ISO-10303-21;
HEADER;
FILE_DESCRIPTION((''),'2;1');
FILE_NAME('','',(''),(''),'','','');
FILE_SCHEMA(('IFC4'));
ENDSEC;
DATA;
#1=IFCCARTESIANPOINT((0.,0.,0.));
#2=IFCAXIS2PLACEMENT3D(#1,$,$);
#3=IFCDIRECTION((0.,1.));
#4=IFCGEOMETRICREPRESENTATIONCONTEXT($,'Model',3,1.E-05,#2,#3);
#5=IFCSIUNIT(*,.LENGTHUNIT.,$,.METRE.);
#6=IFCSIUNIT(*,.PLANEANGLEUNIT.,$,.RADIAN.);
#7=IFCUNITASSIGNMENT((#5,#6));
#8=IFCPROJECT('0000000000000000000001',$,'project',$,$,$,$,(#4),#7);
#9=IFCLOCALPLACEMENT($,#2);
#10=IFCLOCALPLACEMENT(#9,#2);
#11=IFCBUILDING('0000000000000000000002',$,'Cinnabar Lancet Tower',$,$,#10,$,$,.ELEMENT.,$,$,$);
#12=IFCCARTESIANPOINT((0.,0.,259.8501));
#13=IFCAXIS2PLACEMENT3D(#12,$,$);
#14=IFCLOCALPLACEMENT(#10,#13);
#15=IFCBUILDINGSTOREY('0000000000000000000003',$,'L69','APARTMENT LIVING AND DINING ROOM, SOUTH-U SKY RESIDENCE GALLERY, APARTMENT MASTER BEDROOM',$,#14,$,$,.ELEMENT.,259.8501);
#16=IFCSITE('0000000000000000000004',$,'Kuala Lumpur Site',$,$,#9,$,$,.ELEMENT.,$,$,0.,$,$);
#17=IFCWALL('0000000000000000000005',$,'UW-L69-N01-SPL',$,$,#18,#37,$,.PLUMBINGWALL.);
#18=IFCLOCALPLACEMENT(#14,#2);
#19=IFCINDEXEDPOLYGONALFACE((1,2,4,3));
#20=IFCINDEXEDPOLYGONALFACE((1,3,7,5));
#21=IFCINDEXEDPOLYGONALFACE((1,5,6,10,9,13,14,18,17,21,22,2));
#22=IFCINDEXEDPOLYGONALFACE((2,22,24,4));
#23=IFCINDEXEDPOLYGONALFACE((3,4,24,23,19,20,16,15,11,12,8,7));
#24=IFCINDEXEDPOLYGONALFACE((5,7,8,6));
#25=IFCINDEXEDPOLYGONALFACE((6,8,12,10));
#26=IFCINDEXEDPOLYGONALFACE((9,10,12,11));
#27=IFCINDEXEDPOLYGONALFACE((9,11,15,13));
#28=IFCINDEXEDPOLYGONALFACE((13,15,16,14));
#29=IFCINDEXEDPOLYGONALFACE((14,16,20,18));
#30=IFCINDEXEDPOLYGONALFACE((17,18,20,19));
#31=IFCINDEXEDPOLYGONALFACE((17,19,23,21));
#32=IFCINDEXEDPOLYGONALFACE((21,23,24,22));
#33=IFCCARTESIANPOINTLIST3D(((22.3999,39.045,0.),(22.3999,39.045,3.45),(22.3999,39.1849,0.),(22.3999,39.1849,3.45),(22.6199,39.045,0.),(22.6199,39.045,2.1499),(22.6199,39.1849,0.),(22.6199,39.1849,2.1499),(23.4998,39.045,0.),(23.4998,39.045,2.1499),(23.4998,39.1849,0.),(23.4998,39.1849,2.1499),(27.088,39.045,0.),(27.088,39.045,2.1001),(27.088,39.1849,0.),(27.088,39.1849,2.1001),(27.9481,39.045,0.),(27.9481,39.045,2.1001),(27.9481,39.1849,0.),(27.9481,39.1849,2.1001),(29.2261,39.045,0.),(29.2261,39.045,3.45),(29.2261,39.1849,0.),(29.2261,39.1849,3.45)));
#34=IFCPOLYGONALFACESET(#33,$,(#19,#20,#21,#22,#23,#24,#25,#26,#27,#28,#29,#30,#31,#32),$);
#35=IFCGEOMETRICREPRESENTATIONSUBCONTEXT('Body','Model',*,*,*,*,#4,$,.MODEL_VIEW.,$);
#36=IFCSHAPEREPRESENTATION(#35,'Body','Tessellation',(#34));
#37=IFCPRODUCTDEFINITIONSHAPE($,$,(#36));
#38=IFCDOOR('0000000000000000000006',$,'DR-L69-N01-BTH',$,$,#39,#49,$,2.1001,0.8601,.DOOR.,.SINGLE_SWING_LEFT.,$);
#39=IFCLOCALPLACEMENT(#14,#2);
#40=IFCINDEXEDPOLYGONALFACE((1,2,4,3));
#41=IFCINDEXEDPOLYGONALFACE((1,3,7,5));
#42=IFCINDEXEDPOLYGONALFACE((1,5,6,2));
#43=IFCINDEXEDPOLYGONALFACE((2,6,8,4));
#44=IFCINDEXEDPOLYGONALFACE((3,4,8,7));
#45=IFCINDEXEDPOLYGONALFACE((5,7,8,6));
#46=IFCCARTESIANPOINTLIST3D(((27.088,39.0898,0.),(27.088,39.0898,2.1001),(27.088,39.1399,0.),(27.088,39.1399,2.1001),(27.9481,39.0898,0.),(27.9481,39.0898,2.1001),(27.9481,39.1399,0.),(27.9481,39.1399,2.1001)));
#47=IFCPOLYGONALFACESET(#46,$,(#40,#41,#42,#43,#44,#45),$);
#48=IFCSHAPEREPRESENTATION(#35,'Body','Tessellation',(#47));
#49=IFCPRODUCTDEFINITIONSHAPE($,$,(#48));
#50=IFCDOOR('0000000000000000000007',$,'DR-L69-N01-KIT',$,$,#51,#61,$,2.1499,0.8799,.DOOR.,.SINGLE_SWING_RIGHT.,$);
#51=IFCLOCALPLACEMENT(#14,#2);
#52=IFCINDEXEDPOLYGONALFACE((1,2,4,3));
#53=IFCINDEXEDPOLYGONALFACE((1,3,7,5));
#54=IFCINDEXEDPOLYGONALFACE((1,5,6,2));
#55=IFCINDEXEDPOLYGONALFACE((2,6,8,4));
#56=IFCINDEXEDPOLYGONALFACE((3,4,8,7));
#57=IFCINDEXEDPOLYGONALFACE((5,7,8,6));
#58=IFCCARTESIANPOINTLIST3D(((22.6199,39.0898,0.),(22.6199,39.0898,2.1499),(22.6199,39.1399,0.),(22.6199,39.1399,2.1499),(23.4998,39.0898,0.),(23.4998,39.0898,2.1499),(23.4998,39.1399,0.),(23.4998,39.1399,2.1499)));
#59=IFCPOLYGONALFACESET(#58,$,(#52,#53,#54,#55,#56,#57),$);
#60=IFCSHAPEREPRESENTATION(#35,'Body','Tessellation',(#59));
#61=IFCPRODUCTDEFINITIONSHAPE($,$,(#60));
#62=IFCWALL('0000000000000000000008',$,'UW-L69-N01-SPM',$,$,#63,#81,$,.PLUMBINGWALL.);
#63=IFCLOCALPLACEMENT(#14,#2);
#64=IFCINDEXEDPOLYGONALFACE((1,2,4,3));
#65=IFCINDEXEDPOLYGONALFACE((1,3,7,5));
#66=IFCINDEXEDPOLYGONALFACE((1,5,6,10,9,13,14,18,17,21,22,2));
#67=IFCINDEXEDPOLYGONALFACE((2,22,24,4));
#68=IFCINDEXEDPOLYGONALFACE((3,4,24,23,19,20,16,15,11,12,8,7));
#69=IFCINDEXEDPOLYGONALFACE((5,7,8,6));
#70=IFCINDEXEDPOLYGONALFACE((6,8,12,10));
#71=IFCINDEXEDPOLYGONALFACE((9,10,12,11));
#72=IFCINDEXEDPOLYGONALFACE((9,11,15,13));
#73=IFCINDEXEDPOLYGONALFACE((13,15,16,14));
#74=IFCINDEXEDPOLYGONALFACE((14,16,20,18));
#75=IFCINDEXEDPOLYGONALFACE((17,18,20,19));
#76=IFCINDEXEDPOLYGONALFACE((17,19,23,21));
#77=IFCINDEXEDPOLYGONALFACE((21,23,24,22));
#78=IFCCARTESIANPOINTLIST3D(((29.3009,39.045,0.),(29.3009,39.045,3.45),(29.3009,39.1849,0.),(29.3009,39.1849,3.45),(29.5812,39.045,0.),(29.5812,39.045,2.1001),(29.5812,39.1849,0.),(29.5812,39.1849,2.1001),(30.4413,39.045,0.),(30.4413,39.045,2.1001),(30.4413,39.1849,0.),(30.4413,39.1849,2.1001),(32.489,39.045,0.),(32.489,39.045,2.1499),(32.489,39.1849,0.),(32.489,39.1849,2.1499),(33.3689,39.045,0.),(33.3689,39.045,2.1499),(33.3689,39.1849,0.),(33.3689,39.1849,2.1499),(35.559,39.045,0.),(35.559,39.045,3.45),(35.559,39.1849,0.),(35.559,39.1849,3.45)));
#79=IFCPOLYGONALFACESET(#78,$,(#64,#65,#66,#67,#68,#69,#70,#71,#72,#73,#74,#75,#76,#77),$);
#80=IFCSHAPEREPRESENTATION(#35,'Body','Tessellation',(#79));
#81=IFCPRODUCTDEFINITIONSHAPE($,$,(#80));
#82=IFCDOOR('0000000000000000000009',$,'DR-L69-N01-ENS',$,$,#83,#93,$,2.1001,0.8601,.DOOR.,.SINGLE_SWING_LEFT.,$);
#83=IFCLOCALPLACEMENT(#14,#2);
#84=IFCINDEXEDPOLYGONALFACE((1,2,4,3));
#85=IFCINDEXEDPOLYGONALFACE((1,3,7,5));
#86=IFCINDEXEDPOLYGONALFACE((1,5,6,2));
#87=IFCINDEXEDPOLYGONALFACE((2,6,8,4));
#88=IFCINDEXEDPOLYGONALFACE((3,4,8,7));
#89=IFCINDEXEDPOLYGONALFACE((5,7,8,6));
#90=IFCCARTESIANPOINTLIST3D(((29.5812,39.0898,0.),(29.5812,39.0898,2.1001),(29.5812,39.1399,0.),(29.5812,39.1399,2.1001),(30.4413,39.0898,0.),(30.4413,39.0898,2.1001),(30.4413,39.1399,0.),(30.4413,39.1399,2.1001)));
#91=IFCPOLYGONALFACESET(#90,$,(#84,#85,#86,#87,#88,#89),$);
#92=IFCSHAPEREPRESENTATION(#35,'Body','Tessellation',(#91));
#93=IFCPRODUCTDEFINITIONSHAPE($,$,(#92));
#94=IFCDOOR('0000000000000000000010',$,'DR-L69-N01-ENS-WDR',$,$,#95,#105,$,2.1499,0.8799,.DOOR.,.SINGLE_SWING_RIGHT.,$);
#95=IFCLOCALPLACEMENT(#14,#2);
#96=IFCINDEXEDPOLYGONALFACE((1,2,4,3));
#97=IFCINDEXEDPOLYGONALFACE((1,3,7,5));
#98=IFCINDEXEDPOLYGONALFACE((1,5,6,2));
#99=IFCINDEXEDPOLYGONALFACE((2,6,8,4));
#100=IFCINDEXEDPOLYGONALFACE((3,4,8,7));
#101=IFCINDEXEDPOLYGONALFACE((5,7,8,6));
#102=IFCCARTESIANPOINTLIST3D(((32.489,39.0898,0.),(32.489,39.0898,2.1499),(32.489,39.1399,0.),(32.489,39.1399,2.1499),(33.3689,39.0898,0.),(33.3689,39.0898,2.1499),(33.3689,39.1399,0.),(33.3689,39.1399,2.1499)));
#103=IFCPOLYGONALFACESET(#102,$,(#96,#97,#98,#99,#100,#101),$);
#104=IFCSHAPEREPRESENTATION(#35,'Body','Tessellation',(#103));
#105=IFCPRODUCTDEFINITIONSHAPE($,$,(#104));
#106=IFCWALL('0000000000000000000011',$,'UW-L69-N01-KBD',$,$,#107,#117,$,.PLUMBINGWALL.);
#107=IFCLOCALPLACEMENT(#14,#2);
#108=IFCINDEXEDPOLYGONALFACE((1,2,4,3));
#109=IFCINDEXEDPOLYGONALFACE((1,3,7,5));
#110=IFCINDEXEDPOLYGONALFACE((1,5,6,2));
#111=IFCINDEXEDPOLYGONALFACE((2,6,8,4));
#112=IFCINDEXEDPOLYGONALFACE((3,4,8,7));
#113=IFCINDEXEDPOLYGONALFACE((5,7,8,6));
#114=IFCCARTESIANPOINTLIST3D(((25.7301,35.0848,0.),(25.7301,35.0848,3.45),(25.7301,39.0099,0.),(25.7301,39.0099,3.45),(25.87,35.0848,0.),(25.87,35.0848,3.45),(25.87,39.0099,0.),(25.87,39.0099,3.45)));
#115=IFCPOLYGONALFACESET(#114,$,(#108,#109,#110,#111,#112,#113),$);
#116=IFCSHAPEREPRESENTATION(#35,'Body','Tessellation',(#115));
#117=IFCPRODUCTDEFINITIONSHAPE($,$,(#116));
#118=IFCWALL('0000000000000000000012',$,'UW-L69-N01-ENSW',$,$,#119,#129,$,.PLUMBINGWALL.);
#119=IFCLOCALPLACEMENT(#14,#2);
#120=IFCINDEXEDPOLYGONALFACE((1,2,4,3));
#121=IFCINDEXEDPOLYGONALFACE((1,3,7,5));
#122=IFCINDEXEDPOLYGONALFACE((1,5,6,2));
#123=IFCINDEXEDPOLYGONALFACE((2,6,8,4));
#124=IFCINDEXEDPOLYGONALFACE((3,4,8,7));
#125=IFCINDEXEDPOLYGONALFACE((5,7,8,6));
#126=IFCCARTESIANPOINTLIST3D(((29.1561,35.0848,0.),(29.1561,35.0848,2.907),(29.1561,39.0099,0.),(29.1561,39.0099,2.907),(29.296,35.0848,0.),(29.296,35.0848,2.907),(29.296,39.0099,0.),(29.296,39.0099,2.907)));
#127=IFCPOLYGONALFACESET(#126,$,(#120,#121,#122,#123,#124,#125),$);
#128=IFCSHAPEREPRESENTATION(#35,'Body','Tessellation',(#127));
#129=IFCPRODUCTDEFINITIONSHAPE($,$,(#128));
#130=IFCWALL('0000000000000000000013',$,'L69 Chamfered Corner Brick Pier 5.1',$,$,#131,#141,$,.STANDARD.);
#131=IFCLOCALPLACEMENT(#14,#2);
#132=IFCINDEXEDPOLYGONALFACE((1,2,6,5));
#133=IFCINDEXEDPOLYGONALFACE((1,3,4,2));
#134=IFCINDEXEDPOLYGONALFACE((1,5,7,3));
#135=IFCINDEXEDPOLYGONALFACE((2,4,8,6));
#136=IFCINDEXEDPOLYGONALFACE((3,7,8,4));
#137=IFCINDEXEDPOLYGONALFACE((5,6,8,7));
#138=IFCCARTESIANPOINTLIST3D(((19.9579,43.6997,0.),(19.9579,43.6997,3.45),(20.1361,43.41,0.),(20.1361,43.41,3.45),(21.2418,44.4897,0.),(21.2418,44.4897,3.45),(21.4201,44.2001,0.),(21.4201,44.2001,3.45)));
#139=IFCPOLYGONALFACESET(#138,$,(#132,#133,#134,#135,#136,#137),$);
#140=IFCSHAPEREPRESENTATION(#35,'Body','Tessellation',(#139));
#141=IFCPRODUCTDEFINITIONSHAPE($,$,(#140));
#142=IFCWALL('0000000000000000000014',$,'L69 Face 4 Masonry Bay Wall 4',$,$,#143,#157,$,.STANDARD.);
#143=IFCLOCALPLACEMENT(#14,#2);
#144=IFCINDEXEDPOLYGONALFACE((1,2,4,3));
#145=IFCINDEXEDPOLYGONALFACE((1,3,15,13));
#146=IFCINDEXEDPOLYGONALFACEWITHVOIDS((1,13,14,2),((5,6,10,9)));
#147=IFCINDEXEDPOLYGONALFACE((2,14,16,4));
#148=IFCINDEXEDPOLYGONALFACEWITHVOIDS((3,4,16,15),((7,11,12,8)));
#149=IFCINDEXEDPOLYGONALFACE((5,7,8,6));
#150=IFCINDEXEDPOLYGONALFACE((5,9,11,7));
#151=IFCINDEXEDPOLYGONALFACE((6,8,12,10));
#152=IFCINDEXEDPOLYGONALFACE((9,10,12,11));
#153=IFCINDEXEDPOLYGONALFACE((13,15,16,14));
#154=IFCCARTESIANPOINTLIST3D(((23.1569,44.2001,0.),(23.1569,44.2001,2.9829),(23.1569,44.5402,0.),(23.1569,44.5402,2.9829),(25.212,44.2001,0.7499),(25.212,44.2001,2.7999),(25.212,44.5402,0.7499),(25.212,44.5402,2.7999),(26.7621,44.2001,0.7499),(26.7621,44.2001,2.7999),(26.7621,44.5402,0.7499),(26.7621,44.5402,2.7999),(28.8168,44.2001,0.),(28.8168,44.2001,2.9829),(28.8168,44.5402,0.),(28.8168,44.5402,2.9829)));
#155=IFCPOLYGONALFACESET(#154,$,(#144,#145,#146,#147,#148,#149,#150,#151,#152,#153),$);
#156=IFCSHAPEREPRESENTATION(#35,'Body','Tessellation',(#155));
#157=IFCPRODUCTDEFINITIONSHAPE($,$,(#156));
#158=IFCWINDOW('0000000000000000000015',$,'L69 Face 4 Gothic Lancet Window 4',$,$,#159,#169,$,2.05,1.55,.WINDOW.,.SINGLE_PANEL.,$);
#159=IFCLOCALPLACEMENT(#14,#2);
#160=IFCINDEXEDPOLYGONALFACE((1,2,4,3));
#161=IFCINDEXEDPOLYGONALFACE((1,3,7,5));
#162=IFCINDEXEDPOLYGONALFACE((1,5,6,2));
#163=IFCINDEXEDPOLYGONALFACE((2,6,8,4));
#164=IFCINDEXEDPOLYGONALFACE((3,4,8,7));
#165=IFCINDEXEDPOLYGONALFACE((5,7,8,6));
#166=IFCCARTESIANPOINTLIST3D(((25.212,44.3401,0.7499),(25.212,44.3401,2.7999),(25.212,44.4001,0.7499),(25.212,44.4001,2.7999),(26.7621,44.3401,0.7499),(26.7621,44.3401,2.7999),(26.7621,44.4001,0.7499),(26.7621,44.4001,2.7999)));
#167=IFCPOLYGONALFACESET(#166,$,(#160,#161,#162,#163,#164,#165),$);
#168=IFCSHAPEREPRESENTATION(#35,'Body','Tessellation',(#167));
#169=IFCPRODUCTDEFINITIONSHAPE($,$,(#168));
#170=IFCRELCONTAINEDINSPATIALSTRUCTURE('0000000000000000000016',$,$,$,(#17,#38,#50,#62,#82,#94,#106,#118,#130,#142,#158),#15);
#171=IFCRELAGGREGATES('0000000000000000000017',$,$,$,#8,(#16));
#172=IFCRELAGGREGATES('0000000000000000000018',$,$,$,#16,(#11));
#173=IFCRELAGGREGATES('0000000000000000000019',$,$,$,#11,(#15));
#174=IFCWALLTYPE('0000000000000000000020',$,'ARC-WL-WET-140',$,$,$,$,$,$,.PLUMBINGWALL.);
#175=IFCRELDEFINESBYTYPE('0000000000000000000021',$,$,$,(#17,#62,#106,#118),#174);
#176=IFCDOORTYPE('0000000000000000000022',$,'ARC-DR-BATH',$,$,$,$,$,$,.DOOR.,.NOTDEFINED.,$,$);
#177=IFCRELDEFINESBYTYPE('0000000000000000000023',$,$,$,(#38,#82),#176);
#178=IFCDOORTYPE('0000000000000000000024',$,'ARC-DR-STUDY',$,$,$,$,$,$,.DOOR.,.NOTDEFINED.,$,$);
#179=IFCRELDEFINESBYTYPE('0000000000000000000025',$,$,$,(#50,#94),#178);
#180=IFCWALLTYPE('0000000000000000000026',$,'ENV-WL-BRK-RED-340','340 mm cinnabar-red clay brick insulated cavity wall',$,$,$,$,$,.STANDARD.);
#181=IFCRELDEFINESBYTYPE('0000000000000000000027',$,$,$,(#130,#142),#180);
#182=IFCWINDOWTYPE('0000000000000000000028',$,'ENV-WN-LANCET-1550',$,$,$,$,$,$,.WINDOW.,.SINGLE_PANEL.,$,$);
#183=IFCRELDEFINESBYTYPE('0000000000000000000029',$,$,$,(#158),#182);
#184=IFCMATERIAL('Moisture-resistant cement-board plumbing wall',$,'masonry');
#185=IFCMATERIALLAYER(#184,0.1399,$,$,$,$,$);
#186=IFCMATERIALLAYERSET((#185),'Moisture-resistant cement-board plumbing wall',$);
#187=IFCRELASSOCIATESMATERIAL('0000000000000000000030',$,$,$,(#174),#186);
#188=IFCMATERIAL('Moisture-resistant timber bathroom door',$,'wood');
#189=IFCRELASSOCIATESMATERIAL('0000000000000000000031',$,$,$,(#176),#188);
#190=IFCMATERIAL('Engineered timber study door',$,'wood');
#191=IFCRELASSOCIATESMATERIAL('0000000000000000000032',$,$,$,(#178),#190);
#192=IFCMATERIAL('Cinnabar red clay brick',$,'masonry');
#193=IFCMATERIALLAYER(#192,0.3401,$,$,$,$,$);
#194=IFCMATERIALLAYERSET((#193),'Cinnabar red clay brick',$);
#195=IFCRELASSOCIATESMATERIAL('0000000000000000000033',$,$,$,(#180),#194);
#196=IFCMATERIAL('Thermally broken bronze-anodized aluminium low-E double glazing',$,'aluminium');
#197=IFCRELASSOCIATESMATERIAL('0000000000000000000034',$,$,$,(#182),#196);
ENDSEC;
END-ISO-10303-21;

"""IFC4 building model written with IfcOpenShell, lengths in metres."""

from ifc_helpers import new_model, si_unit, direction, frame, frame_2d, origin, place, context, subcontext, project, spatial, rectangle, extrude, material, layer, layer_set, type_object, element, fill, save


model = new_model("IFC4")

# Units and contexts
model_context = context("Model", 3, precision=1e-05, world=origin(), true_north=direction((0.0, 1.0)))
body_context = subcontext(model_context, "Body", "Model", "MODEL_VIEW")
ifc_project = project(units=[si_unit("LENGTHUNIT", "METRE"), si_unit("PLANEANGLEUNIT", "RADIAN")], contexts=[model_context])

# Site, building, storey
site_placement = place(None, origin())
site = spatial("IfcSite", under=ifc_project, at=site_placement, Name="Kuala Lumpur Site", CompositionType="ELEMENT", RefElevation=0.0)
building_placement = place(site_placement, origin())
building = spatial("IfcBuilding", under=site, at=building_placement, Name="Cinnabar Lancet Tower", CompositionType="ELEMENT")
storey_placement = place(building_placement, frame((0.0, 0.0, 259.8501)))
storey = spatial("IfcBuildingStorey", under=building, at=storey_placement, Name="L69", Description="APARTMENT LIVING AND DINING ROOM, SOUTH-U SKY RESIDENCE GALLERY, APARTMENT MASTER BEDROOM", CompositionType="ELEMENT", Elevation=259.8501)

# Walls, openings, doors
ifc_material_1 = material(Name="Moisture-resistant cement-board plumbing wall", Category="masonry")
ifc_layer_1 = layer(ifc_material_1, 0.1399)
ifc_layer_set_1 = layer_set([ifc_layer_1], Name="Moisture-resistant cement-board plumbing wall")
wall_type_1 = type_object("IfcWallType", Name="ARC-WL-WET-140", PredefinedType="PLUMBINGWALL", material=ifc_layer_set_1)
wall_1_placement = place(storey_placement, frame((22.3999, 39.115, 0.0), z_axis=(0.0, 0.0, 1.0), x_axis=(1.0, 0.0, 0.0)))
wall_1 = element("IfcWall", 1, at=wall_1_placement, inside=storey, type_object=wall_type_1, Name="UW-L69-N01-SPL", PredefinedType="PLUMBINGWALL", context=body_context, shape_type="SweptSolid", body=[
    extrude(rectangle(XDim=6.8262, YDim=0.1399, at=frame_2d((3.4131, 0.0))), origin(), (0.0, 0.0, 1.0), 3.45),
])
opening_1_placement = place(wall_1_placement, frame((4.688, 0.0, 0.0)))
opening_1 = element("IfcOpeningElement", 2, at=opening_1_placement, cuts=wall_1, PredefinedType="OPENING", context=body_context, shape_type="SweptSolid", body=[
    extrude(rectangle(XDim=0.8601, YDim=2.1001, at=frame_2d((0.4302, 1.05))), frame((0.0, 0.0798, 0.0), z_axis=(0.0, -1.0, 0.0), x_axis=(1.0, 0.0, 0.0)), (0.0, 0.0, 1.0), 0.1599),
])
opening_2_placement = place(wall_1_placement, frame((0.22, 0.0, 0.0)))
opening_2 = element("IfcOpeningElement", 3, at=opening_2_placement, cuts=wall_1, PredefinedType="OPENING", context=body_context, shape_type="SweptSolid", body=[
    extrude(rectangle(XDim=0.8799, YDim=2.1499, at=frame_2d((0.4399, 1.075))), frame((0.0, 0.0798, 0.0), z_axis=(0.0, -1.0, 0.0), x_axis=(1.0, 0.0, 0.0)), (0.0, 0.0, 1.0), 0.1599),
])
ifc_material_2 = material(Name="Moisture-resistant timber bathroom door", Category="wood")
door_type_1 = type_object("IfcDoorType", Name="ARC-DR-BATH", OperationType="NOTDEFINED", PredefinedType="DOOR", material=ifc_material_2)
door_1_placement = place(opening_1_placement, origin())
door_1 = element("IfcDoor", 4, at=door_1_placement, inside=storey, type_object=door_type_1, Name="DR-L69-N01-BTH", OperationType="SINGLE_SWING_LEFT", OverallHeight=2.1001, OverallWidth=0.8601, PredefinedType="DOOR", context=body_context, shape_type="SweptSolid", body=[
    extrude(rectangle(XDim=0.8601, YDim=2.1001, at=frame_2d((0.4302, 1.05))), frame((0.0, 0.0249, 0.0), z_axis=(0.0, -1.0, 0.0), x_axis=(1.0, 0.0, 0.0)), (0.0, 0.0, 1.0), 0.05),
])
fill(opening_1, door_1)
ifc_material_3 = material(Name="Engineered timber study door", Category="wood")
door_type_2 = type_object("IfcDoorType", Name="ARC-DR-STUDY", OperationType="NOTDEFINED", PredefinedType="DOOR", material=ifc_material_3)
door_2_placement = place(opening_2_placement, origin())
door_2 = element("IfcDoor", 5, at=door_2_placement, inside=storey, type_object=door_type_2, Name="DR-L69-N01-KIT", OperationType="SINGLE_SWING_RIGHT", OverallHeight=2.1499, OverallWidth=0.8799, PredefinedType="DOOR", context=body_context, shape_type="SweptSolid", body=[
    extrude(rectangle(XDim=0.8799, YDim=2.1499, at=frame_2d((0.4399, 1.075))), frame((0.0, 0.0249, 0.0), z_axis=(0.0, -1.0, 0.0), x_axis=(1.0, 0.0, 0.0)), (0.0, 0.0, 1.0), 0.05),
])
fill(opening_2, door_2)
wall_2_placement = place(storey_placement, frame((29.301, 39.115, 0.0), z_axis=(0.0, 0.0, 1.0), x_axis=(1.0, 0.0, 0.0)))
wall_2 = element("IfcWall", 6, at=wall_2_placement, inside=storey, type_object=wall_type_1, Name="UW-L69-N01-SPM", PredefinedType="PLUMBINGWALL", context=body_context, shape_type="SweptSolid", body=[
    extrude(rectangle(XDim=6.2581, YDim=0.1399, at=frame_2d((3.1289, 0.0))), origin(), (0.0, 0.0, 1.0), 3.45),
])
opening_3_placement = place(wall_2_placement, frame((0.28, 0.0, 0.0)))
opening_3 = element("IfcOpeningElement", 7, at=opening_3_placement, cuts=wall_2, PredefinedType="OPENING", context=body_context, shape_type="SweptSolid", body=[
    extrude(rectangle(XDim=0.8601, YDim=2.1001, at=frame_2d((0.4302, 1.05))), frame((0.0, 0.0798, 0.0), z_axis=(0.0, -1.0, 0.0), x_axis=(1.0, 0.0, 0.0)), (0.0, 0.0, 1.0), 0.1599),
])
opening_4_placement = place(wall_2_placement, frame((3.188, 0.0, 0.0)))
opening_4 = element("IfcOpeningElement", 8, at=opening_4_placement, cuts=wall_2, PredefinedType="OPENING", context=body_context, shape_type="SweptSolid", body=[
    extrude(rectangle(XDim=0.8799, YDim=2.1499, at=frame_2d((0.4399, 1.075))), frame((0.0, 0.0798, 0.0), z_axis=(0.0, -1.0, 0.0), x_axis=(1.0, 0.0, 0.0)), (0.0, 0.0, 1.0), 0.1599),
])
door_3_placement = place(opening_3_placement, origin())
door_3 = element("IfcDoor", 9, at=door_3_placement, inside=storey, type_object=door_type_1, Name="DR-L69-N01-ENS", OperationType="SINGLE_SWING_LEFT", OverallHeight=2.1001, OverallWidth=0.8601, PredefinedType="DOOR", context=body_context, shape_type="SweptSolid", body=[
    extrude(rectangle(XDim=0.8601, YDim=2.1001, at=frame_2d((0.4302, 1.05))), frame((0.0, 0.0249, 0.0), z_axis=(0.0, -1.0, 0.0), x_axis=(1.0, 0.0, 0.0)), (0.0, 0.0, 1.0), 0.05),
])
fill(opening_3, door_3)
door_4_placement = place(opening_4_placement, origin())
door_4 = element("IfcDoor", 10, at=door_4_placement, inside=storey, type_object=door_type_2, Name="DR-L69-N01-ENS-WDR", OperationType="SINGLE_SWING_RIGHT", OverallHeight=2.1499, OverallWidth=0.8799, PredefinedType="DOOR", context=body_context, shape_type="SweptSolid", body=[
    extrude(rectangle(XDim=0.8799, YDim=2.1499, at=frame_2d((0.4399, 1.075))), frame((0.0, 0.0249, 0.0), z_axis=(0.0, -1.0, 0.0), x_axis=(1.0, 0.0, 0.0)), (0.0, 0.0, 1.0), 0.05),
])
fill(opening_4, door_4)

# Walls
wall_3_placement = place(storey_placement, frame((25.8, 35.085, 0.0), z_axis=(0.0, 0.0, 1.0), x_axis=(0.0, 1.0, 0.0)))
element("IfcWall", 11, at=wall_3_placement, inside=storey, type_object=wall_type_1, Name="UW-L69-N01-KBD", PredefinedType="PLUMBINGWALL", context=body_context, shape_type="SweptSolid", body=[
    extrude(rectangle(XDim=3.925, YDim=0.1399, at=frame_2d((1.9624, 0.0))), origin(), (0.0, 0.0, 1.0), 3.45),
])
wall_4_placement = place(storey_placement, frame((29.2261, 35.085, 0.0), z_axis=(0.0, 0.0, 1.0), x_axis=(0.0, 1.0, 0.0)))
element("IfcWall", 12, at=wall_4_placement, inside=storey, type_object=wall_type_1, Name="UW-L69-N01-ENSW", PredefinedType="PLUMBINGWALL", context=body_context, shape_type="SweptSolid", body=[
    extrude(rectangle(XDim=3.925, YDim=0.1399, at=frame_2d((1.9624, 0.0))), origin(), (0.0, 0.0, 1.0), 2.907),
])
ifc_material_4 = material(Name="Cinnabar red clay brick", Category="masonry")
ifc_layer_2 = layer(ifc_material_4, 0.3401)
ifc_layer_set_2 = layer_set([ifc_layer_2], Name="Cinnabar red clay brick")
wall_type_2 = type_object("IfcWallType", Name="ENV-WL-BRK-RED-340", Description="340 mm cinnabar-red clay brick insulated cavity wall", PredefinedType="STANDARD", material=ifc_layer_set_2)
wall_5_placement = place(storey_placement, frame((21.3311, 44.345, 0.0), z_axis=(0.0, 0.0, 1.0), x_axis=(-0.851681, -0.524061, 0.0)))
element("IfcWall", 13, at=wall_5_placement, inside=storey, type_object=wall_type_2, Name="L69 Chamfered Corner Brick Pier 5.1", PredefinedType="STANDARD", context=body_context, shape_type="SweptSolid", body=[
    extrude(rectangle(XDim=1.5076, YDim=0.3401, at=frame_2d((0.7539, 0.0))), origin(), (0.0, 0.0, 1.0), 3.45),
])

# Wall, opening, window
wall_6_placement = place(storey_placement, frame((28.8169, 44.3701, 0.0), z_axis=(0.0, 0.0, 1.0), x_axis=(-1.0, 0.0, 0.0)))
wall_6 = element("IfcWall", 14, at=wall_6_placement, inside=storey, type_object=wall_type_2, Name="L69 Face 4 Masonry Bay Wall 4", PredefinedType="STANDARD", context=body_context, shape_type="SweptSolid", body=[
    extrude(rectangle(XDim=5.6599, YDim=0.3401, at=frame_2d((2.8301, 0.0))), origin(), (0.0, 0.0, 1.0), 2.9829),
])
opening_5_placement = place(wall_6_placement, frame((2.0549, 0.0, 0.75)))
opening_5 = element("IfcOpeningElement", 15, at=opening_5_placement, cuts=wall_6, PredefinedType="OPENING", context=body_context, shape_type="SweptSolid", body=[
    extrude(rectangle(XDim=1.55, YDim=2.05, at=frame_2d((0.7749, 1.0249))), frame((0.0, 0.1799, 0.0), z_axis=(0.0, -1.0, 0.0), x_axis=(1.0, 0.0, 0.0)), (0.0, 0.0, 1.0), 0.3601),
])
ifc_material_5 = material(Name="Thermally broken bronze-anodized aluminium low-E double glazing", Category="aluminium")
window_type = type_object("IfcWindowType", Name="ENV-WN-LANCET-1550", PartitioningType="SINGLE_PANEL", PredefinedType="WINDOW", material=ifc_material_5)
window_placement = place(opening_5_placement, origin())
window = element("IfcWindow", 16, at=window_placement, inside=storey, type_object=window_type, Name="L69 Face 4 Gothic Lancet Window 4", OverallHeight=2.05, OverallWidth=1.55, PartitioningType="SINGLE_PANEL", PredefinedType="WINDOW", context=body_context, shape_type="SweptSolid", body=[
    extrude(rectangle(XDim=1.55, YDim=2.05, at=frame_2d((0.7749, 1.0249))), frame((0.0, 0.03, 0.0), z_axis=(0.0, -1.0, 0.0), x_axis=(1.0, 0.0, 0.0)), (0.0, 0.0, 1.0), 0.0601),
])
fill(opening_5, window)

save(model, "model.ifc")
